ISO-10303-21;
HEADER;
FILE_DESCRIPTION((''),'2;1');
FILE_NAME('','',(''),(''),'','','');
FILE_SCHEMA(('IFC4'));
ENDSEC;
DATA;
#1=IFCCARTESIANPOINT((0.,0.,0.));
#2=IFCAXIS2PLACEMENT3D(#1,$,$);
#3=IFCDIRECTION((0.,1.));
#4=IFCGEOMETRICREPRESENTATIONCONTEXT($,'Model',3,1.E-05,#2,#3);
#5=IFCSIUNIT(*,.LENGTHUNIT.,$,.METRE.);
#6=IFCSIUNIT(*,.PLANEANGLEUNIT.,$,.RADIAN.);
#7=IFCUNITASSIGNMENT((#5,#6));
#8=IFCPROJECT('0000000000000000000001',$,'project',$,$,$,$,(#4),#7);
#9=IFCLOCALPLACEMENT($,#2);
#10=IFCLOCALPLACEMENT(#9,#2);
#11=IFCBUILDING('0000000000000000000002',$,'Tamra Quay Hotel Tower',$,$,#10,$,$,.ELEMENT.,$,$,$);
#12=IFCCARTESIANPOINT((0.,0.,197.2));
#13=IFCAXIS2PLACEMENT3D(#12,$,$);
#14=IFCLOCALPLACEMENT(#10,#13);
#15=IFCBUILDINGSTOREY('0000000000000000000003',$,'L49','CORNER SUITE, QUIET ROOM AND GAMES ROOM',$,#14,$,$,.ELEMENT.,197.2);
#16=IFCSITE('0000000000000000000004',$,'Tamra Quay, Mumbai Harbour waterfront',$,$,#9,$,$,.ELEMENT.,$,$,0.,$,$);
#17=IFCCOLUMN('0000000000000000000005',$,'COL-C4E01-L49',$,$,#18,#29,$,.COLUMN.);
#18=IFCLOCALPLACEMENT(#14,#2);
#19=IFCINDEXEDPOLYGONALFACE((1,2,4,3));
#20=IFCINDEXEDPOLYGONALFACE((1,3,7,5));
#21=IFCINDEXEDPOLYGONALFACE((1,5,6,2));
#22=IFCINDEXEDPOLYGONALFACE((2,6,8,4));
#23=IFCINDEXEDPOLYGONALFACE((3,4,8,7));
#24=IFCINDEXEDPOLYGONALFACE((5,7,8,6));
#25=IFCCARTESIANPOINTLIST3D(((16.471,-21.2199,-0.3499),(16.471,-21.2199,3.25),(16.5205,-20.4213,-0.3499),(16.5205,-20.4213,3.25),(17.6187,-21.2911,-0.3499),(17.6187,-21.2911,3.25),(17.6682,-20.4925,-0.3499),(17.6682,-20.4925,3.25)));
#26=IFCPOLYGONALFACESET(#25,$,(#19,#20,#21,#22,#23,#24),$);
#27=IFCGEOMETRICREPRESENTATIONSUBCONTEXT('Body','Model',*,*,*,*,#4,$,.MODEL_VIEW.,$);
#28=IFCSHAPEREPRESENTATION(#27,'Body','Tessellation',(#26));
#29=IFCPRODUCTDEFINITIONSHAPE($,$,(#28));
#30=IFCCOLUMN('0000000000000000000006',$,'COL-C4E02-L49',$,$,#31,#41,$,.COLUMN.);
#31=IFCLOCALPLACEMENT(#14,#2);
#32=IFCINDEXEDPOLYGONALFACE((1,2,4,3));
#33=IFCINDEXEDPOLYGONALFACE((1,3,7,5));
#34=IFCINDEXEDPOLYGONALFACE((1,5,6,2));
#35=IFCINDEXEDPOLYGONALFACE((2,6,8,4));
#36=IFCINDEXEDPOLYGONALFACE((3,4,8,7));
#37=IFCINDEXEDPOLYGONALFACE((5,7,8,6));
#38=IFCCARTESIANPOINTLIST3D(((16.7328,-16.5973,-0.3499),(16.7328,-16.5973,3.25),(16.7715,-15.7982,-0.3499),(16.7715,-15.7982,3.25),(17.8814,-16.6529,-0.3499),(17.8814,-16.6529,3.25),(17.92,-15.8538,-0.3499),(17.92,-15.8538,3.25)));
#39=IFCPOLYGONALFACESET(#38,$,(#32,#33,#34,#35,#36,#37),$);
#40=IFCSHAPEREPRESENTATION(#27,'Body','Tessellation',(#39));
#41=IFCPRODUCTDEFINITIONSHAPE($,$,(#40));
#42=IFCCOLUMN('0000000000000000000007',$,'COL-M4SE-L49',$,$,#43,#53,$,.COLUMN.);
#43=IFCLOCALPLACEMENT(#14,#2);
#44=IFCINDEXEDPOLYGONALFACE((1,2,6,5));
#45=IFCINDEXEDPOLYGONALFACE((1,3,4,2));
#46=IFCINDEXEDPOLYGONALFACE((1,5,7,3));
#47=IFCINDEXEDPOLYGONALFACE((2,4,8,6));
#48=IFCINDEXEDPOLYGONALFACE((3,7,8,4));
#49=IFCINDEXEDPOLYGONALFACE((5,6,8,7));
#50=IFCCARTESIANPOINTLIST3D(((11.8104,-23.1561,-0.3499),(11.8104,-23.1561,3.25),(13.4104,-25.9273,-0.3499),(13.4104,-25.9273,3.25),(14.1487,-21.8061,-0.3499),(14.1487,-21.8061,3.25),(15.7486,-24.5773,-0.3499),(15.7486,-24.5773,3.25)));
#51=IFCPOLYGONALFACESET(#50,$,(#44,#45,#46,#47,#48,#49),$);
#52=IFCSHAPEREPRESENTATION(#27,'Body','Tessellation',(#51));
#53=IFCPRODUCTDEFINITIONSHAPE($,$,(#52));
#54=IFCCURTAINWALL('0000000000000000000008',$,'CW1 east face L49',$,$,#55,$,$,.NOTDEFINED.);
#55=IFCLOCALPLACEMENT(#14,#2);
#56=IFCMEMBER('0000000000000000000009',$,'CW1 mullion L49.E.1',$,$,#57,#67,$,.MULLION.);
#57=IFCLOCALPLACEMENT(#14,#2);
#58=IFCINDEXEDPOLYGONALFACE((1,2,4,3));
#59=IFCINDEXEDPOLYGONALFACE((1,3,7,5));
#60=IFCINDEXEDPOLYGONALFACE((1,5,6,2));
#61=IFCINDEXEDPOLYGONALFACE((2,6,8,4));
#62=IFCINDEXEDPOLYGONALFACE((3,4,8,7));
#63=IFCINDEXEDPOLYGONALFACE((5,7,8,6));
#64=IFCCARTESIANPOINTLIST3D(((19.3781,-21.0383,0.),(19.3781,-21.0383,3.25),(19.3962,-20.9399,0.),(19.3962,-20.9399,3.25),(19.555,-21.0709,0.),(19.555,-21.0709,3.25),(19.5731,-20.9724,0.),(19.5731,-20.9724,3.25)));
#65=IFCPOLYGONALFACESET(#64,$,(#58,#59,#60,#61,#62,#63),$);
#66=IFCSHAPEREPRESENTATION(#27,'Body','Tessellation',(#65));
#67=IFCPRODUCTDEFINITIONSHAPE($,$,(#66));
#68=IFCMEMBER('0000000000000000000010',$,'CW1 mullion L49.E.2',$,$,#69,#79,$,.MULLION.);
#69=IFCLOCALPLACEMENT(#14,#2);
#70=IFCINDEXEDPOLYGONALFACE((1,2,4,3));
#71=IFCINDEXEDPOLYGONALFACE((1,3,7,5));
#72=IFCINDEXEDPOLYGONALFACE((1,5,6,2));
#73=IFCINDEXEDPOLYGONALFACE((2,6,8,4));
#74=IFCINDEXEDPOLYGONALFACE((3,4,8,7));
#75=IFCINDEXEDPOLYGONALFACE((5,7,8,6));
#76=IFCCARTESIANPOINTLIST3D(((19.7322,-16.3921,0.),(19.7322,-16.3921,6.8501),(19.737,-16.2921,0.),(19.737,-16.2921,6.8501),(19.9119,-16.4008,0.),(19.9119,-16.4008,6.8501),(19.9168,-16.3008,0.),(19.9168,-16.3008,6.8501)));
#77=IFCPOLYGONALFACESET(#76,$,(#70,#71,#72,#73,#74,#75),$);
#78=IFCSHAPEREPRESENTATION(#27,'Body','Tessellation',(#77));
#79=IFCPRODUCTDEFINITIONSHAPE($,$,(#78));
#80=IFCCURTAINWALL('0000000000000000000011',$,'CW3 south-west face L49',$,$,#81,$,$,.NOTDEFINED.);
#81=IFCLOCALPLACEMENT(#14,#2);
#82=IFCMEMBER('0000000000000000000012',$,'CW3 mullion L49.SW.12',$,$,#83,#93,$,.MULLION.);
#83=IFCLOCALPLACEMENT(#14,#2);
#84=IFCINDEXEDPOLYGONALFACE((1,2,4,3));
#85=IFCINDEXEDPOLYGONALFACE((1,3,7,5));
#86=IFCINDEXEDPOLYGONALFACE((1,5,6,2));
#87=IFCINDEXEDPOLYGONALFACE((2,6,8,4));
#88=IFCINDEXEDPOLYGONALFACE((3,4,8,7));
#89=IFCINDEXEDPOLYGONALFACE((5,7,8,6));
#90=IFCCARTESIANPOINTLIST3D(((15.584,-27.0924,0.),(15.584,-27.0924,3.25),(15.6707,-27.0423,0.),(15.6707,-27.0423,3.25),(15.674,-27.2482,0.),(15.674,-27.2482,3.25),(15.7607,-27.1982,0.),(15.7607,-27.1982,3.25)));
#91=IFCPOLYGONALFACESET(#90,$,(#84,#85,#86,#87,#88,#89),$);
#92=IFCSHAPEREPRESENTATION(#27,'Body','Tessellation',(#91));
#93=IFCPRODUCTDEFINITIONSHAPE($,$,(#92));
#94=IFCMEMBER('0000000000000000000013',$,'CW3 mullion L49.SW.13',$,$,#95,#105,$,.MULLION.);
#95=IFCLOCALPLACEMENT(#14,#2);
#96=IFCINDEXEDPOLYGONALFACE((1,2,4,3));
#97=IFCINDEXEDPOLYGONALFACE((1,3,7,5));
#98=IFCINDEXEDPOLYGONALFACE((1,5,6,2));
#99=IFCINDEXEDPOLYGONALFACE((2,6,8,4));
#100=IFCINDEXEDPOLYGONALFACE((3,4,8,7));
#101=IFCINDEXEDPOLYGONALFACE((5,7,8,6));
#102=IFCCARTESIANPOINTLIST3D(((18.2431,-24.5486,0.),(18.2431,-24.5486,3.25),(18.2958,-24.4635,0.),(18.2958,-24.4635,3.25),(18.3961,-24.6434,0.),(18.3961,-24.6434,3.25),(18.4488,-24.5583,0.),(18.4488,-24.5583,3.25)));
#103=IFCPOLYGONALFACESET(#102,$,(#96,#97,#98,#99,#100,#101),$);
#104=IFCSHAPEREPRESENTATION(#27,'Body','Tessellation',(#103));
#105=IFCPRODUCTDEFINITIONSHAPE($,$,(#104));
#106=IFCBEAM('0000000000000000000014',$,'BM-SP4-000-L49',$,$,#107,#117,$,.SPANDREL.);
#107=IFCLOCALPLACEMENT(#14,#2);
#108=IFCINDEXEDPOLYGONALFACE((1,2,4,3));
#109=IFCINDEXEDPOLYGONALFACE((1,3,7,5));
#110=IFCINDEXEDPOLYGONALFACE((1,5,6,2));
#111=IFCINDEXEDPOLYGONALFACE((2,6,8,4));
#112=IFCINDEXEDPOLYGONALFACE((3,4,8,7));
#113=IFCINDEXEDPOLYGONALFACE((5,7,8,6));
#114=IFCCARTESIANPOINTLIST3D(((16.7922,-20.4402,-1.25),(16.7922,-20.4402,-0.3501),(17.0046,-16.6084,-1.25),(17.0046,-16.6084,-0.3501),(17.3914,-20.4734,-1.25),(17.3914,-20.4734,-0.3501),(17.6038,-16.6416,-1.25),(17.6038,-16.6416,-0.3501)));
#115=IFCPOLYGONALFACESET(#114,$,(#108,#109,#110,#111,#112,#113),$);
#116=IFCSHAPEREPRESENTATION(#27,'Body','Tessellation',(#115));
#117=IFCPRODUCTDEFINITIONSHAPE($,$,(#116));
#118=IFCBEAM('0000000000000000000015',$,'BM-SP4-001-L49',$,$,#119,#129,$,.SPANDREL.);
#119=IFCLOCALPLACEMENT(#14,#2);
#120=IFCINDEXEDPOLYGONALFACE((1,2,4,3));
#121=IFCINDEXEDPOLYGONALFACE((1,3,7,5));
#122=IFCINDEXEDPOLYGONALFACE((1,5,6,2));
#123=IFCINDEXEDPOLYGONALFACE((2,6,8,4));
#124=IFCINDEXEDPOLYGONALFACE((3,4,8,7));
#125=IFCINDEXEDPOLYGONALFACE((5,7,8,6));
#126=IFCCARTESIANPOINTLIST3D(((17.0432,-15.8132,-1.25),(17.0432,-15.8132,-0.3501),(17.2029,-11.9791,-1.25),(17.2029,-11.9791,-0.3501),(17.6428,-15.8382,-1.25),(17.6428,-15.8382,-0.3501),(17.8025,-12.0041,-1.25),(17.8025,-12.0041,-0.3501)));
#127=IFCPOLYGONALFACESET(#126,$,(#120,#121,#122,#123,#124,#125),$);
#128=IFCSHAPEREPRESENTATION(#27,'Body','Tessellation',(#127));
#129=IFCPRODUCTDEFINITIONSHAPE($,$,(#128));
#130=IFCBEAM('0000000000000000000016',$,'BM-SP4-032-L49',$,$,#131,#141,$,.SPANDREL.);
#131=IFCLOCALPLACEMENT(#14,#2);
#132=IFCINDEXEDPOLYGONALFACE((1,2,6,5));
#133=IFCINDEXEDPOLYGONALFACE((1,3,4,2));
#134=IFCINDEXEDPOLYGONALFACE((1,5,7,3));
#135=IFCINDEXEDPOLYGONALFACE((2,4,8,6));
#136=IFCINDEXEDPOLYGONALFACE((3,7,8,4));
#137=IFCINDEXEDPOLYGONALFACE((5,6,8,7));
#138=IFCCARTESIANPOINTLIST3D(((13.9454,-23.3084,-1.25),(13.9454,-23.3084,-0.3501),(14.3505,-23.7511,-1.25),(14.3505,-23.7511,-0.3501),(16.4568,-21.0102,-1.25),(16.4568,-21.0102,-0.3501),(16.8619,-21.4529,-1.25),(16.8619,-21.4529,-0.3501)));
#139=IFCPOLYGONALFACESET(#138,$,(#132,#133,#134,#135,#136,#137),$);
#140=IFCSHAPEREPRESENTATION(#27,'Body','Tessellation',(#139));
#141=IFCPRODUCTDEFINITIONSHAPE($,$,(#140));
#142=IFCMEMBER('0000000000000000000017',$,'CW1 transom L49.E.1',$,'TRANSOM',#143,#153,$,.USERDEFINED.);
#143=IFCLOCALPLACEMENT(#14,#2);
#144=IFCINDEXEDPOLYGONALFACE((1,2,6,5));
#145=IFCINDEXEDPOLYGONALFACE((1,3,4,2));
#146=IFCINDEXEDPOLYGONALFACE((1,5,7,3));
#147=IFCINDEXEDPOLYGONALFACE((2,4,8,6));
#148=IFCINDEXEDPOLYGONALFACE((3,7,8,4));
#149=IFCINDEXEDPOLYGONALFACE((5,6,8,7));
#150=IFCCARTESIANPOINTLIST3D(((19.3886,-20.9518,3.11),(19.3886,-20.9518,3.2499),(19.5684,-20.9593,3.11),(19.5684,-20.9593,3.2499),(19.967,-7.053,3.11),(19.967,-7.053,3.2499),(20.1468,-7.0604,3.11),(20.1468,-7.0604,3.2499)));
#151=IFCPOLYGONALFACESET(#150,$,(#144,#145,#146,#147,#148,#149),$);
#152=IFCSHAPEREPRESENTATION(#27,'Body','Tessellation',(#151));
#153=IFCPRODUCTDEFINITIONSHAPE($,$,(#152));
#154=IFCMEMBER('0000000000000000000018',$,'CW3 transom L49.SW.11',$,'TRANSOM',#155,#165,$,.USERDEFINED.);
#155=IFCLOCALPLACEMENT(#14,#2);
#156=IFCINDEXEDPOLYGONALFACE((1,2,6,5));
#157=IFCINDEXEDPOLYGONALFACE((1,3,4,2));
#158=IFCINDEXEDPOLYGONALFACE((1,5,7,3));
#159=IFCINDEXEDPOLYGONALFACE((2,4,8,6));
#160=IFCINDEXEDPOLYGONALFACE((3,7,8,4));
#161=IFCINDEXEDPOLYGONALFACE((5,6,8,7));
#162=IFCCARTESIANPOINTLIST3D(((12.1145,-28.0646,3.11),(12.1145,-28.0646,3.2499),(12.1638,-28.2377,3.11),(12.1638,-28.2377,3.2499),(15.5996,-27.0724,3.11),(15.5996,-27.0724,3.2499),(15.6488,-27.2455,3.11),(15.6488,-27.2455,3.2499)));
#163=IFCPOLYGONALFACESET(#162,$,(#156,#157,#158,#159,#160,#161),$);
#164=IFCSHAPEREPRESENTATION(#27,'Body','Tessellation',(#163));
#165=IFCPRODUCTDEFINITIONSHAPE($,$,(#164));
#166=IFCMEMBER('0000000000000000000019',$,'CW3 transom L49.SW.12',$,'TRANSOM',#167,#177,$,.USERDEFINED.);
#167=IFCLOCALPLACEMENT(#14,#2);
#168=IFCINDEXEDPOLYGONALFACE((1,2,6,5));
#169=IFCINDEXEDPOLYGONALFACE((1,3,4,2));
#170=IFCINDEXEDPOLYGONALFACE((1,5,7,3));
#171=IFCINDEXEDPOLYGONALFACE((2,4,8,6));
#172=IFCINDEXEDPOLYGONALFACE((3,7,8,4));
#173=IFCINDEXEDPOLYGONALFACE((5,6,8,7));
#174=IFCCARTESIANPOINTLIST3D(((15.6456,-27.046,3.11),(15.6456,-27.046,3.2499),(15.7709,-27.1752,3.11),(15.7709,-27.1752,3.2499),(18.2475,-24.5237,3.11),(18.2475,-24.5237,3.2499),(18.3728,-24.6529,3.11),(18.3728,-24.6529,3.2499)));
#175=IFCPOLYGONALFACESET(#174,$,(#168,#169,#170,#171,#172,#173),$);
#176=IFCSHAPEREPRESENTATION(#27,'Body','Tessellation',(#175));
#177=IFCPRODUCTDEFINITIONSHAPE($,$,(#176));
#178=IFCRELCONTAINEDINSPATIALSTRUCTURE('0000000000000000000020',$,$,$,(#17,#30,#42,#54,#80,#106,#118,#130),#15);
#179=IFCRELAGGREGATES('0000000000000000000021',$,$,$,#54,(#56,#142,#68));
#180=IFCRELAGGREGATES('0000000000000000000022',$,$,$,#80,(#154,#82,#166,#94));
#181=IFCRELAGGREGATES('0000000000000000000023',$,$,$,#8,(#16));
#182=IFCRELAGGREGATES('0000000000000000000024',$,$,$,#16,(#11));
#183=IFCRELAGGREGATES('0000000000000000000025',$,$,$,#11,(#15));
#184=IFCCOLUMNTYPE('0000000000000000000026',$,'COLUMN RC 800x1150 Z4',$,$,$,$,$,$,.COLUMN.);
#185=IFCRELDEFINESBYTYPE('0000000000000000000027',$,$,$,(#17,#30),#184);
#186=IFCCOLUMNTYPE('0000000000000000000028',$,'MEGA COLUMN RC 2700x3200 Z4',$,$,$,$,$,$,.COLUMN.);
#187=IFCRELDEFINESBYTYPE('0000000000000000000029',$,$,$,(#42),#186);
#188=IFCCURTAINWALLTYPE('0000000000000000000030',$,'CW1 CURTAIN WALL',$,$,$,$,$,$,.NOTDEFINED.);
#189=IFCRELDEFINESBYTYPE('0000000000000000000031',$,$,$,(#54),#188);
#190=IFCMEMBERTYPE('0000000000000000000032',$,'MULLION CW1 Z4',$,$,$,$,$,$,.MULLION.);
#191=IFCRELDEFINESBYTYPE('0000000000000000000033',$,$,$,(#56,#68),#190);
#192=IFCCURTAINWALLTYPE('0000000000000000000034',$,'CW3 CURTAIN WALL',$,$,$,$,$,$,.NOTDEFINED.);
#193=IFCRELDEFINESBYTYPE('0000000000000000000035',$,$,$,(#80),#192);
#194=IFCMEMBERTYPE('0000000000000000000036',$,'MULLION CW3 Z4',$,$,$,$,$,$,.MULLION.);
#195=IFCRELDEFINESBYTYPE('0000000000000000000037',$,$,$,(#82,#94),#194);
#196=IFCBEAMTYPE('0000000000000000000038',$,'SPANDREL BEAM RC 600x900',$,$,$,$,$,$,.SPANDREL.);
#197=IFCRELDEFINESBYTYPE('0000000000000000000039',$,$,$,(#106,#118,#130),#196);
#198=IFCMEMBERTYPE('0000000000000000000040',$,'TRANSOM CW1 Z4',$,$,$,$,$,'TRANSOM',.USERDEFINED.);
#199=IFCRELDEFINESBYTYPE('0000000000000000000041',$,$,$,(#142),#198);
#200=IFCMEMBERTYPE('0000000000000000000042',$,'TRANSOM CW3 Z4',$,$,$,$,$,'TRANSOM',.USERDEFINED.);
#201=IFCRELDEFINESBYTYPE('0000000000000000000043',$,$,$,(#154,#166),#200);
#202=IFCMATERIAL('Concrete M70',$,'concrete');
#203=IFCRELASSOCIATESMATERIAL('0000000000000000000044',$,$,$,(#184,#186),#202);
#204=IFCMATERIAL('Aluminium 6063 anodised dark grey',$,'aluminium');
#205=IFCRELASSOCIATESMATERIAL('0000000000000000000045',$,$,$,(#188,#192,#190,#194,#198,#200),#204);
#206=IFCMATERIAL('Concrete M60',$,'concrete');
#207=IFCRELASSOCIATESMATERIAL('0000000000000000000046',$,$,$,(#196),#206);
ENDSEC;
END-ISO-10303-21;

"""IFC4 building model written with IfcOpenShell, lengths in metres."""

from ifc_helpers import new_model, si_unit, direction, frame, origin, origin_2d, place, context, subcontext, project, spatial, rectangle, extrude, material, material_profile, profile_set, type_object, element, aggregate, save


model = new_model("IFC4")

# Units and contexts
model_context = context("Model", 3, precision=1e-05, world=origin(), true_north=direction((0.0, 1.0)))
body_context = subcontext(model_context, "Body", "Model", "MODEL_VIEW")
ifc_project = project(units=[si_unit("LENGTHUNIT", "METRE"), si_unit("PLANEANGLEUNIT", "RADIAN")], contexts=[model_context])

# Site, building, storey
site_placement = place(None, origin())
site = spatial("IfcSite", under=ifc_project, at=site_placement, Name="Tamra Quay, Mumbai Harbour waterfront", CompositionType="ELEMENT", RefElevation=0.0)
building_placement = place(site_placement, origin())
building = spatial("IfcBuilding", under=site, at=building_placement, Name="Tamra Quay Hotel Tower", CompositionType="ELEMENT")
storey_placement = place(building_placement, frame((0.0, 0.0, 197.2)))
storey = spatial("IfcBuildingStorey", under=building, at=storey_placement, Name="L49", Description="CORNER SUITE, QUIET ROOM AND GAMES ROOM", CompositionType="ELEMENT", Elevation=197.2)

# Columns
ifc_material_1 = material(Name="Concrete M70", Category="concrete")
ifc_material_profile_1 = material_profile(ifc_material_1, rectangle(XDim=1.1499, YDim=0.8, at=origin_2d()), Name="COLUMN RC 800x1150 Z4")
ifc_profile_set_1 = profile_set([ifc_material_profile_1], Name="Concrete M70")
column_type_1 = type_object("IfcColumnType", Name="COLUMN RC 800x1150 Z4", PredefinedType="COLUMN", material=ifc_profile_set_1)
for number, where, z_axis, x_axis, name in (
    (1, (17.0696, -20.8562, -0.3499), (0.0, 0.0, 1.0), (-0.998081, 0.061921, 0.0), "COL-C4E01-L49"),
    (2, (17.3264, -16.2256, -0.3499), (0.0, 0.0, 1.0), (-0.998831, 0.048344, 0.0), "COL-C4E02-L49"),
):
    element("IfcColumn", number, at=place(storey_placement, frame(where, z_axis=z_axis, x_axis=x_axis)), inside=storey, type_object=column_type_1, Name=name, PredefinedType="COLUMN", context=body_context, shape_type="SweptSolid", body=[
        extrude(rectangle(XDim=1.1499, YDim=0.8, at=origin_2d()), origin(), (0.0, 0.0, 1.0), 3.5999),
    ])
ifc_material_profile_2 = material_profile(ifc_material_1, rectangle(XDim=3.2, YDim=2.7, at=origin_2d()), Name="MEGA COLUMN RC 2700x3200 Z4")
ifc_profile_set_2 = profile_set([ifc_material_profile_2], Name="Concrete M70")
column_type_2 = type_object("IfcColumnType", Name="MEGA COLUMN RC 2700x3200 Z4", PredefinedType="COLUMN", material=ifc_profile_set_2)
column_placement = place(storey_placement, frame((13.7795, -23.8667, -0.3499), z_axis=(0.0, 0.0, 1.0), x_axis=(-0.5, 0.866025, 0.0)))
element("IfcColumn", 3, at=column_placement, inside=storey, type_object=column_type_2, Name="COL-M4SE-L49", PredefinedType="COLUMN", context=body_context, shape_type="SweptSolid", body=[
    extrude(rectangle(XDim=3.2, YDim=2.7, at=origin_2d()), origin(), (0.0, 0.0, 1.0), 3.5999),
])

# Curtain walls, members
ifc_material_2 = material(Name="Aluminium 6063 anodised dark grey", Category="aluminium")
curtain_wall_type_1 = type_object("IfcCurtainWallType", Name="CW1 CURTAIN WALL", PredefinedType="NOTDEFINED", material=ifc_material_2)
curtain_wall_1_placement = place(storey_placement, origin())
curtain_wall_1 = element("IfcCurtainWall", 4, at=curtain_wall_1_placement, inside=storey, type_object=curtain_wall_type_1, Name="CW1 east face L49", PredefinedType="NOTDEFINED")
ifc_material_profile_3 = material_profile(ifc_material_2, rectangle(XDim=0.1799, YDim=0.1001, at=origin_2d()), Name="MULLION 100X180")
ifc_profile_set_3 = profile_set([ifc_material_profile_3], Name="Aluminium 6063 anodised dark grey")
member_type_1 = type_object("IfcMemberType", Name="MULLION CW1 Z4", PredefinedType="MULLION", material=ifc_profile_set_3)
member_1_placement = place(storey_placement, frame((19.4756, -21.0054, 0.0), z_axis=(0.0, 0.0, 1.0), x_axis=(0.983509, -0.180857, 0.0)))
member_1 = element("IfcMember", 5, at=member_1_placement, type_object=member_type_1, Name="CW1 mullion L49.E.1", PredefinedType="MULLION", context=body_context, shape_type="SweptSolid", body=[
    extrude(rectangle(XDim=0.1799, YDim=0.1001, at=origin_2d()), origin(), (0.0, 0.0, 1.0), 3.25),
])
member_2_placement = place(storey_placement, frame((19.8245, -16.3464, 0.0), z_axis=(0.0, 0.0, 1.0), x_axis=(0.998823, -0.048509, 0.0)))
member_2 = element("IfcMember", 6, at=member_2_placement, type_object=member_type_1, Name="CW1 mullion L49.E.2", PredefinedType="MULLION", context=body_context, shape_type="SweptSolid", body=[
    extrude(rectangle(XDim=0.1799, YDim=0.1001, at=origin_2d()), origin(), (0.0, 0.0, 1.0), 6.8501),
])
curtain_wall_type_2 = type_object("IfcCurtainWallType", Name="CW3 CURTAIN WALL", PredefinedType="NOTDEFINED", material=ifc_material_2)
curtain_wall_2_placement = place(storey_placement, origin())
curtain_wall_2 = element("IfcCurtainWall", 7, at=curtain_wall_2_placement, inside=storey, type_object=curtain_wall_type_2, Name="CW3 south-west face L49", PredefinedType="NOTDEFINED")
ifc_material_profile_4 = material_profile(ifc_material_2, rectangle(XDim=0.1799, YDim=0.1001, at=origin_2d()), Name="MULLION 100X180")
ifc_profile_set_4 = profile_set([ifc_material_profile_4], Name="Aluminium 6063 anodised dark grey")
member_type_2 = type_object("IfcMemberType", Name="MULLION CW3 Z4", PredefinedType="MULLION", material=ifc_profile_set_4)
member_3_placement = place(storey_placement, frame((15.6724, -27.1453, 0.0), z_axis=(0.0, 0.0, 1.0), x_axis=(0.5, -0.866025, 0.0)))
member_3 = element("IfcMember", 8, at=member_3_placement, type_object=member_type_2, Name="CW3 mullion L49.SW.12", PredefinedType="MULLION", context=body_context, shape_type="SweptSolid", body=[
    extrude(rectangle(XDim=0.1799, YDim=0.1001, at=origin_2d()), origin(), (0.0, 0.0, 1.0), 3.25),
])
member_4_placement = place(storey_placement, frame((18.3459, -24.5535, 0.0), z_axis=(0.0, 0.0, 1.0), x_axis=(0.850122, -0.526586, 0.0)))
member_4 = element("IfcMember", 9, at=member_4_placement, type_object=member_type_2, Name="CW3 mullion L49.SW.13", PredefinedType="MULLION", context=body_context, shape_type="SweptSolid", body=[
    extrude(rectangle(XDim=0.1799, YDim=0.1001, at=origin_2d()), origin(), (0.0, 0.0, 1.0), 3.25),
])

# Beams
ifc_material_3 = material(Name="Concrete M60", Category="concrete")
ifc_material_profile_5 = material_profile(ifc_material_3, rectangle(XDim=0.6001, YDim=0.8999, at=origin_2d()), Name="SPANDREL BEAM RC 600x900")
ifc_profile_set_5 = profile_set([ifc_material_profile_5], Name="Concrete M60")
beam_type = type_object("IfcBeamType", Name="SPANDREL BEAM RC 600x900", PredefinedType="SPANDREL", material=ifc_profile_set_5)
beam_1_placement = place(storey_placement, frame((17.0918, -20.4568, -0.8), z_axis=(0.055347, 0.998467, 0.0), x_axis=(-0.998467, 0.055347, 0.0)))
element("IfcBeam", 10, at=beam_1_placement, inside=storey, type_object=beam_type, Name="BM-SP4-000-L49", PredefinedType="SPANDREL", context=body_context, shape_type="SweptSolid", body=[
    extrude(rectangle(XDim=0.6001, YDim=0.8999, at=origin_2d()), origin(), (0.0, 0.0, 1.0), 3.8376),
])
beam_2_placement = place(storey_placement, frame((17.343, -15.8257, -0.8), z_axis=(0.041609, 0.999134, 0.0), x_axis=(-0.999134, 0.041609, 0.0)))
element("IfcBeam", 11, at=beam_2_placement, inside=storey, type_object=beam_type, Name="BM-SP4-001-L49", PredefinedType="SPANDREL", context=body_context, shape_type="SweptSolid", body=[
    extrude(rectangle(XDim=0.6001, YDim=0.8999, at=origin_2d()), origin(), (0.0, 0.0, 1.0), 3.8374),
])
beam_3_placement = place(storey_placement, frame((14.1479, -23.5298, -0.8), z_axis=(0.737716, 0.675111, 0.0), x_axis=(-0.675111, 0.737716, 0.0)))
element("IfcBeam", 12, at=beam_3_placement, inside=storey, type_object=beam_type, Name="BM-SP4-032-L49", PredefinedType="SPANDREL", context=body_context, shape_type="SweptSolid", body=[
    extrude(rectangle(XDim=0.6001, YDim=0.8999, at=origin_2d()), origin(), (0.0, 0.0, 1.0), 3.4043),
])

# Members
ifc_material_profile_6 = material_profile(ifc_material_2, rectangle(XDim=0.1799, YDim=0.1399, at=origin_2d()), Name="TRANSOM 180X140")
ifc_profile_set_6 = profile_set([ifc_material_profile_6], Name="Aluminium 6063 anodised dark grey")
member_type_3 = type_object("IfcMemberType", Name="TRANSOM CW1 Z4", ElementType="TRANSOM", PredefinedType="USERDEFINED", material=ifc_profile_set_6)
member_5_placement = place(storey_placement, frame((19.4785, -20.9556, 3.1799), z_axis=(0.041577, 0.999135, 0.0), x_axis=(-0.999135, 0.041577, 0.0)))
member_5 = element("IfcMember", 13, at=member_5_placement, type_object=member_type_3, Name="CW1 transom L49.E.1", ObjectType="TRANSOM", PredefinedType="USERDEFINED", context=body_context, shape_type="SweptSolid", body=[
    extrude(rectangle(XDim=0.1799, YDim=0.1399, at=origin_2d()), origin(), (0.0, 0.0, 1.0), 13.9109),
])
ifc_material_profile_7 = material_profile(ifc_material_2, rectangle(XDim=0.1799, YDim=0.1399, at=origin_2d()), Name="TRANSOM 180X140")
ifc_profile_set_7 = profile_set([ifc_material_profile_7], Name="Aluminium 6063 anodised dark grey")
member_type_4 = type_object("IfcMemberType", Name="TRANSOM CW3 Z4", ElementType="TRANSOM", PredefinedType="USERDEFINED", material=ifc_profile_set_7)
member_6_placement = place(storey_placement, frame((12.1392, -28.1511, 3.1799), z_axis=(0.961783, 0.273813, 0.0), x_axis=(-0.273813, 0.961783, 0.0)))
member_6 = element("IfcMember", 14, at=member_6_placement, type_object=member_type_4, Name="CW3 transom L49.SW.11", ObjectType="TRANSOM", PredefinedType="USERDEFINED", context=body_context, shape_type="SweptSolid", body=[
    extrude(rectangle(XDim=0.1799, YDim=0.1399, at=origin_2d()), origin(), (0.0, 0.0, 1.0), 3.6235),
])
member_7_placement = place(storey_placement, frame((15.7083, -27.1106, 3.1799), z_axis=(0.718003, 0.69604, 0.0), x_axis=(-0.69604, 0.718003, 0.0)))
member_7 = element("IfcMember", 15, at=member_7_placement, type_object=member_type_4, Name="CW3 transom L49.SW.12", ObjectType="TRANSOM", PredefinedType="USERDEFINED", context=body_context, shape_type="SweptSolid", body=[
    extrude(rectangle(XDim=0.1799, YDim=0.1399, at=origin_2d()), origin(), (0.0, 0.0, 1.0), 3.6238),
])

aggregate(curtain_wall_1, [member_1, member_5, member_2])
aggregate(curtain_wall_2, [member_6, member_3, member_7, member_4])

save(model, "model.ifc")
